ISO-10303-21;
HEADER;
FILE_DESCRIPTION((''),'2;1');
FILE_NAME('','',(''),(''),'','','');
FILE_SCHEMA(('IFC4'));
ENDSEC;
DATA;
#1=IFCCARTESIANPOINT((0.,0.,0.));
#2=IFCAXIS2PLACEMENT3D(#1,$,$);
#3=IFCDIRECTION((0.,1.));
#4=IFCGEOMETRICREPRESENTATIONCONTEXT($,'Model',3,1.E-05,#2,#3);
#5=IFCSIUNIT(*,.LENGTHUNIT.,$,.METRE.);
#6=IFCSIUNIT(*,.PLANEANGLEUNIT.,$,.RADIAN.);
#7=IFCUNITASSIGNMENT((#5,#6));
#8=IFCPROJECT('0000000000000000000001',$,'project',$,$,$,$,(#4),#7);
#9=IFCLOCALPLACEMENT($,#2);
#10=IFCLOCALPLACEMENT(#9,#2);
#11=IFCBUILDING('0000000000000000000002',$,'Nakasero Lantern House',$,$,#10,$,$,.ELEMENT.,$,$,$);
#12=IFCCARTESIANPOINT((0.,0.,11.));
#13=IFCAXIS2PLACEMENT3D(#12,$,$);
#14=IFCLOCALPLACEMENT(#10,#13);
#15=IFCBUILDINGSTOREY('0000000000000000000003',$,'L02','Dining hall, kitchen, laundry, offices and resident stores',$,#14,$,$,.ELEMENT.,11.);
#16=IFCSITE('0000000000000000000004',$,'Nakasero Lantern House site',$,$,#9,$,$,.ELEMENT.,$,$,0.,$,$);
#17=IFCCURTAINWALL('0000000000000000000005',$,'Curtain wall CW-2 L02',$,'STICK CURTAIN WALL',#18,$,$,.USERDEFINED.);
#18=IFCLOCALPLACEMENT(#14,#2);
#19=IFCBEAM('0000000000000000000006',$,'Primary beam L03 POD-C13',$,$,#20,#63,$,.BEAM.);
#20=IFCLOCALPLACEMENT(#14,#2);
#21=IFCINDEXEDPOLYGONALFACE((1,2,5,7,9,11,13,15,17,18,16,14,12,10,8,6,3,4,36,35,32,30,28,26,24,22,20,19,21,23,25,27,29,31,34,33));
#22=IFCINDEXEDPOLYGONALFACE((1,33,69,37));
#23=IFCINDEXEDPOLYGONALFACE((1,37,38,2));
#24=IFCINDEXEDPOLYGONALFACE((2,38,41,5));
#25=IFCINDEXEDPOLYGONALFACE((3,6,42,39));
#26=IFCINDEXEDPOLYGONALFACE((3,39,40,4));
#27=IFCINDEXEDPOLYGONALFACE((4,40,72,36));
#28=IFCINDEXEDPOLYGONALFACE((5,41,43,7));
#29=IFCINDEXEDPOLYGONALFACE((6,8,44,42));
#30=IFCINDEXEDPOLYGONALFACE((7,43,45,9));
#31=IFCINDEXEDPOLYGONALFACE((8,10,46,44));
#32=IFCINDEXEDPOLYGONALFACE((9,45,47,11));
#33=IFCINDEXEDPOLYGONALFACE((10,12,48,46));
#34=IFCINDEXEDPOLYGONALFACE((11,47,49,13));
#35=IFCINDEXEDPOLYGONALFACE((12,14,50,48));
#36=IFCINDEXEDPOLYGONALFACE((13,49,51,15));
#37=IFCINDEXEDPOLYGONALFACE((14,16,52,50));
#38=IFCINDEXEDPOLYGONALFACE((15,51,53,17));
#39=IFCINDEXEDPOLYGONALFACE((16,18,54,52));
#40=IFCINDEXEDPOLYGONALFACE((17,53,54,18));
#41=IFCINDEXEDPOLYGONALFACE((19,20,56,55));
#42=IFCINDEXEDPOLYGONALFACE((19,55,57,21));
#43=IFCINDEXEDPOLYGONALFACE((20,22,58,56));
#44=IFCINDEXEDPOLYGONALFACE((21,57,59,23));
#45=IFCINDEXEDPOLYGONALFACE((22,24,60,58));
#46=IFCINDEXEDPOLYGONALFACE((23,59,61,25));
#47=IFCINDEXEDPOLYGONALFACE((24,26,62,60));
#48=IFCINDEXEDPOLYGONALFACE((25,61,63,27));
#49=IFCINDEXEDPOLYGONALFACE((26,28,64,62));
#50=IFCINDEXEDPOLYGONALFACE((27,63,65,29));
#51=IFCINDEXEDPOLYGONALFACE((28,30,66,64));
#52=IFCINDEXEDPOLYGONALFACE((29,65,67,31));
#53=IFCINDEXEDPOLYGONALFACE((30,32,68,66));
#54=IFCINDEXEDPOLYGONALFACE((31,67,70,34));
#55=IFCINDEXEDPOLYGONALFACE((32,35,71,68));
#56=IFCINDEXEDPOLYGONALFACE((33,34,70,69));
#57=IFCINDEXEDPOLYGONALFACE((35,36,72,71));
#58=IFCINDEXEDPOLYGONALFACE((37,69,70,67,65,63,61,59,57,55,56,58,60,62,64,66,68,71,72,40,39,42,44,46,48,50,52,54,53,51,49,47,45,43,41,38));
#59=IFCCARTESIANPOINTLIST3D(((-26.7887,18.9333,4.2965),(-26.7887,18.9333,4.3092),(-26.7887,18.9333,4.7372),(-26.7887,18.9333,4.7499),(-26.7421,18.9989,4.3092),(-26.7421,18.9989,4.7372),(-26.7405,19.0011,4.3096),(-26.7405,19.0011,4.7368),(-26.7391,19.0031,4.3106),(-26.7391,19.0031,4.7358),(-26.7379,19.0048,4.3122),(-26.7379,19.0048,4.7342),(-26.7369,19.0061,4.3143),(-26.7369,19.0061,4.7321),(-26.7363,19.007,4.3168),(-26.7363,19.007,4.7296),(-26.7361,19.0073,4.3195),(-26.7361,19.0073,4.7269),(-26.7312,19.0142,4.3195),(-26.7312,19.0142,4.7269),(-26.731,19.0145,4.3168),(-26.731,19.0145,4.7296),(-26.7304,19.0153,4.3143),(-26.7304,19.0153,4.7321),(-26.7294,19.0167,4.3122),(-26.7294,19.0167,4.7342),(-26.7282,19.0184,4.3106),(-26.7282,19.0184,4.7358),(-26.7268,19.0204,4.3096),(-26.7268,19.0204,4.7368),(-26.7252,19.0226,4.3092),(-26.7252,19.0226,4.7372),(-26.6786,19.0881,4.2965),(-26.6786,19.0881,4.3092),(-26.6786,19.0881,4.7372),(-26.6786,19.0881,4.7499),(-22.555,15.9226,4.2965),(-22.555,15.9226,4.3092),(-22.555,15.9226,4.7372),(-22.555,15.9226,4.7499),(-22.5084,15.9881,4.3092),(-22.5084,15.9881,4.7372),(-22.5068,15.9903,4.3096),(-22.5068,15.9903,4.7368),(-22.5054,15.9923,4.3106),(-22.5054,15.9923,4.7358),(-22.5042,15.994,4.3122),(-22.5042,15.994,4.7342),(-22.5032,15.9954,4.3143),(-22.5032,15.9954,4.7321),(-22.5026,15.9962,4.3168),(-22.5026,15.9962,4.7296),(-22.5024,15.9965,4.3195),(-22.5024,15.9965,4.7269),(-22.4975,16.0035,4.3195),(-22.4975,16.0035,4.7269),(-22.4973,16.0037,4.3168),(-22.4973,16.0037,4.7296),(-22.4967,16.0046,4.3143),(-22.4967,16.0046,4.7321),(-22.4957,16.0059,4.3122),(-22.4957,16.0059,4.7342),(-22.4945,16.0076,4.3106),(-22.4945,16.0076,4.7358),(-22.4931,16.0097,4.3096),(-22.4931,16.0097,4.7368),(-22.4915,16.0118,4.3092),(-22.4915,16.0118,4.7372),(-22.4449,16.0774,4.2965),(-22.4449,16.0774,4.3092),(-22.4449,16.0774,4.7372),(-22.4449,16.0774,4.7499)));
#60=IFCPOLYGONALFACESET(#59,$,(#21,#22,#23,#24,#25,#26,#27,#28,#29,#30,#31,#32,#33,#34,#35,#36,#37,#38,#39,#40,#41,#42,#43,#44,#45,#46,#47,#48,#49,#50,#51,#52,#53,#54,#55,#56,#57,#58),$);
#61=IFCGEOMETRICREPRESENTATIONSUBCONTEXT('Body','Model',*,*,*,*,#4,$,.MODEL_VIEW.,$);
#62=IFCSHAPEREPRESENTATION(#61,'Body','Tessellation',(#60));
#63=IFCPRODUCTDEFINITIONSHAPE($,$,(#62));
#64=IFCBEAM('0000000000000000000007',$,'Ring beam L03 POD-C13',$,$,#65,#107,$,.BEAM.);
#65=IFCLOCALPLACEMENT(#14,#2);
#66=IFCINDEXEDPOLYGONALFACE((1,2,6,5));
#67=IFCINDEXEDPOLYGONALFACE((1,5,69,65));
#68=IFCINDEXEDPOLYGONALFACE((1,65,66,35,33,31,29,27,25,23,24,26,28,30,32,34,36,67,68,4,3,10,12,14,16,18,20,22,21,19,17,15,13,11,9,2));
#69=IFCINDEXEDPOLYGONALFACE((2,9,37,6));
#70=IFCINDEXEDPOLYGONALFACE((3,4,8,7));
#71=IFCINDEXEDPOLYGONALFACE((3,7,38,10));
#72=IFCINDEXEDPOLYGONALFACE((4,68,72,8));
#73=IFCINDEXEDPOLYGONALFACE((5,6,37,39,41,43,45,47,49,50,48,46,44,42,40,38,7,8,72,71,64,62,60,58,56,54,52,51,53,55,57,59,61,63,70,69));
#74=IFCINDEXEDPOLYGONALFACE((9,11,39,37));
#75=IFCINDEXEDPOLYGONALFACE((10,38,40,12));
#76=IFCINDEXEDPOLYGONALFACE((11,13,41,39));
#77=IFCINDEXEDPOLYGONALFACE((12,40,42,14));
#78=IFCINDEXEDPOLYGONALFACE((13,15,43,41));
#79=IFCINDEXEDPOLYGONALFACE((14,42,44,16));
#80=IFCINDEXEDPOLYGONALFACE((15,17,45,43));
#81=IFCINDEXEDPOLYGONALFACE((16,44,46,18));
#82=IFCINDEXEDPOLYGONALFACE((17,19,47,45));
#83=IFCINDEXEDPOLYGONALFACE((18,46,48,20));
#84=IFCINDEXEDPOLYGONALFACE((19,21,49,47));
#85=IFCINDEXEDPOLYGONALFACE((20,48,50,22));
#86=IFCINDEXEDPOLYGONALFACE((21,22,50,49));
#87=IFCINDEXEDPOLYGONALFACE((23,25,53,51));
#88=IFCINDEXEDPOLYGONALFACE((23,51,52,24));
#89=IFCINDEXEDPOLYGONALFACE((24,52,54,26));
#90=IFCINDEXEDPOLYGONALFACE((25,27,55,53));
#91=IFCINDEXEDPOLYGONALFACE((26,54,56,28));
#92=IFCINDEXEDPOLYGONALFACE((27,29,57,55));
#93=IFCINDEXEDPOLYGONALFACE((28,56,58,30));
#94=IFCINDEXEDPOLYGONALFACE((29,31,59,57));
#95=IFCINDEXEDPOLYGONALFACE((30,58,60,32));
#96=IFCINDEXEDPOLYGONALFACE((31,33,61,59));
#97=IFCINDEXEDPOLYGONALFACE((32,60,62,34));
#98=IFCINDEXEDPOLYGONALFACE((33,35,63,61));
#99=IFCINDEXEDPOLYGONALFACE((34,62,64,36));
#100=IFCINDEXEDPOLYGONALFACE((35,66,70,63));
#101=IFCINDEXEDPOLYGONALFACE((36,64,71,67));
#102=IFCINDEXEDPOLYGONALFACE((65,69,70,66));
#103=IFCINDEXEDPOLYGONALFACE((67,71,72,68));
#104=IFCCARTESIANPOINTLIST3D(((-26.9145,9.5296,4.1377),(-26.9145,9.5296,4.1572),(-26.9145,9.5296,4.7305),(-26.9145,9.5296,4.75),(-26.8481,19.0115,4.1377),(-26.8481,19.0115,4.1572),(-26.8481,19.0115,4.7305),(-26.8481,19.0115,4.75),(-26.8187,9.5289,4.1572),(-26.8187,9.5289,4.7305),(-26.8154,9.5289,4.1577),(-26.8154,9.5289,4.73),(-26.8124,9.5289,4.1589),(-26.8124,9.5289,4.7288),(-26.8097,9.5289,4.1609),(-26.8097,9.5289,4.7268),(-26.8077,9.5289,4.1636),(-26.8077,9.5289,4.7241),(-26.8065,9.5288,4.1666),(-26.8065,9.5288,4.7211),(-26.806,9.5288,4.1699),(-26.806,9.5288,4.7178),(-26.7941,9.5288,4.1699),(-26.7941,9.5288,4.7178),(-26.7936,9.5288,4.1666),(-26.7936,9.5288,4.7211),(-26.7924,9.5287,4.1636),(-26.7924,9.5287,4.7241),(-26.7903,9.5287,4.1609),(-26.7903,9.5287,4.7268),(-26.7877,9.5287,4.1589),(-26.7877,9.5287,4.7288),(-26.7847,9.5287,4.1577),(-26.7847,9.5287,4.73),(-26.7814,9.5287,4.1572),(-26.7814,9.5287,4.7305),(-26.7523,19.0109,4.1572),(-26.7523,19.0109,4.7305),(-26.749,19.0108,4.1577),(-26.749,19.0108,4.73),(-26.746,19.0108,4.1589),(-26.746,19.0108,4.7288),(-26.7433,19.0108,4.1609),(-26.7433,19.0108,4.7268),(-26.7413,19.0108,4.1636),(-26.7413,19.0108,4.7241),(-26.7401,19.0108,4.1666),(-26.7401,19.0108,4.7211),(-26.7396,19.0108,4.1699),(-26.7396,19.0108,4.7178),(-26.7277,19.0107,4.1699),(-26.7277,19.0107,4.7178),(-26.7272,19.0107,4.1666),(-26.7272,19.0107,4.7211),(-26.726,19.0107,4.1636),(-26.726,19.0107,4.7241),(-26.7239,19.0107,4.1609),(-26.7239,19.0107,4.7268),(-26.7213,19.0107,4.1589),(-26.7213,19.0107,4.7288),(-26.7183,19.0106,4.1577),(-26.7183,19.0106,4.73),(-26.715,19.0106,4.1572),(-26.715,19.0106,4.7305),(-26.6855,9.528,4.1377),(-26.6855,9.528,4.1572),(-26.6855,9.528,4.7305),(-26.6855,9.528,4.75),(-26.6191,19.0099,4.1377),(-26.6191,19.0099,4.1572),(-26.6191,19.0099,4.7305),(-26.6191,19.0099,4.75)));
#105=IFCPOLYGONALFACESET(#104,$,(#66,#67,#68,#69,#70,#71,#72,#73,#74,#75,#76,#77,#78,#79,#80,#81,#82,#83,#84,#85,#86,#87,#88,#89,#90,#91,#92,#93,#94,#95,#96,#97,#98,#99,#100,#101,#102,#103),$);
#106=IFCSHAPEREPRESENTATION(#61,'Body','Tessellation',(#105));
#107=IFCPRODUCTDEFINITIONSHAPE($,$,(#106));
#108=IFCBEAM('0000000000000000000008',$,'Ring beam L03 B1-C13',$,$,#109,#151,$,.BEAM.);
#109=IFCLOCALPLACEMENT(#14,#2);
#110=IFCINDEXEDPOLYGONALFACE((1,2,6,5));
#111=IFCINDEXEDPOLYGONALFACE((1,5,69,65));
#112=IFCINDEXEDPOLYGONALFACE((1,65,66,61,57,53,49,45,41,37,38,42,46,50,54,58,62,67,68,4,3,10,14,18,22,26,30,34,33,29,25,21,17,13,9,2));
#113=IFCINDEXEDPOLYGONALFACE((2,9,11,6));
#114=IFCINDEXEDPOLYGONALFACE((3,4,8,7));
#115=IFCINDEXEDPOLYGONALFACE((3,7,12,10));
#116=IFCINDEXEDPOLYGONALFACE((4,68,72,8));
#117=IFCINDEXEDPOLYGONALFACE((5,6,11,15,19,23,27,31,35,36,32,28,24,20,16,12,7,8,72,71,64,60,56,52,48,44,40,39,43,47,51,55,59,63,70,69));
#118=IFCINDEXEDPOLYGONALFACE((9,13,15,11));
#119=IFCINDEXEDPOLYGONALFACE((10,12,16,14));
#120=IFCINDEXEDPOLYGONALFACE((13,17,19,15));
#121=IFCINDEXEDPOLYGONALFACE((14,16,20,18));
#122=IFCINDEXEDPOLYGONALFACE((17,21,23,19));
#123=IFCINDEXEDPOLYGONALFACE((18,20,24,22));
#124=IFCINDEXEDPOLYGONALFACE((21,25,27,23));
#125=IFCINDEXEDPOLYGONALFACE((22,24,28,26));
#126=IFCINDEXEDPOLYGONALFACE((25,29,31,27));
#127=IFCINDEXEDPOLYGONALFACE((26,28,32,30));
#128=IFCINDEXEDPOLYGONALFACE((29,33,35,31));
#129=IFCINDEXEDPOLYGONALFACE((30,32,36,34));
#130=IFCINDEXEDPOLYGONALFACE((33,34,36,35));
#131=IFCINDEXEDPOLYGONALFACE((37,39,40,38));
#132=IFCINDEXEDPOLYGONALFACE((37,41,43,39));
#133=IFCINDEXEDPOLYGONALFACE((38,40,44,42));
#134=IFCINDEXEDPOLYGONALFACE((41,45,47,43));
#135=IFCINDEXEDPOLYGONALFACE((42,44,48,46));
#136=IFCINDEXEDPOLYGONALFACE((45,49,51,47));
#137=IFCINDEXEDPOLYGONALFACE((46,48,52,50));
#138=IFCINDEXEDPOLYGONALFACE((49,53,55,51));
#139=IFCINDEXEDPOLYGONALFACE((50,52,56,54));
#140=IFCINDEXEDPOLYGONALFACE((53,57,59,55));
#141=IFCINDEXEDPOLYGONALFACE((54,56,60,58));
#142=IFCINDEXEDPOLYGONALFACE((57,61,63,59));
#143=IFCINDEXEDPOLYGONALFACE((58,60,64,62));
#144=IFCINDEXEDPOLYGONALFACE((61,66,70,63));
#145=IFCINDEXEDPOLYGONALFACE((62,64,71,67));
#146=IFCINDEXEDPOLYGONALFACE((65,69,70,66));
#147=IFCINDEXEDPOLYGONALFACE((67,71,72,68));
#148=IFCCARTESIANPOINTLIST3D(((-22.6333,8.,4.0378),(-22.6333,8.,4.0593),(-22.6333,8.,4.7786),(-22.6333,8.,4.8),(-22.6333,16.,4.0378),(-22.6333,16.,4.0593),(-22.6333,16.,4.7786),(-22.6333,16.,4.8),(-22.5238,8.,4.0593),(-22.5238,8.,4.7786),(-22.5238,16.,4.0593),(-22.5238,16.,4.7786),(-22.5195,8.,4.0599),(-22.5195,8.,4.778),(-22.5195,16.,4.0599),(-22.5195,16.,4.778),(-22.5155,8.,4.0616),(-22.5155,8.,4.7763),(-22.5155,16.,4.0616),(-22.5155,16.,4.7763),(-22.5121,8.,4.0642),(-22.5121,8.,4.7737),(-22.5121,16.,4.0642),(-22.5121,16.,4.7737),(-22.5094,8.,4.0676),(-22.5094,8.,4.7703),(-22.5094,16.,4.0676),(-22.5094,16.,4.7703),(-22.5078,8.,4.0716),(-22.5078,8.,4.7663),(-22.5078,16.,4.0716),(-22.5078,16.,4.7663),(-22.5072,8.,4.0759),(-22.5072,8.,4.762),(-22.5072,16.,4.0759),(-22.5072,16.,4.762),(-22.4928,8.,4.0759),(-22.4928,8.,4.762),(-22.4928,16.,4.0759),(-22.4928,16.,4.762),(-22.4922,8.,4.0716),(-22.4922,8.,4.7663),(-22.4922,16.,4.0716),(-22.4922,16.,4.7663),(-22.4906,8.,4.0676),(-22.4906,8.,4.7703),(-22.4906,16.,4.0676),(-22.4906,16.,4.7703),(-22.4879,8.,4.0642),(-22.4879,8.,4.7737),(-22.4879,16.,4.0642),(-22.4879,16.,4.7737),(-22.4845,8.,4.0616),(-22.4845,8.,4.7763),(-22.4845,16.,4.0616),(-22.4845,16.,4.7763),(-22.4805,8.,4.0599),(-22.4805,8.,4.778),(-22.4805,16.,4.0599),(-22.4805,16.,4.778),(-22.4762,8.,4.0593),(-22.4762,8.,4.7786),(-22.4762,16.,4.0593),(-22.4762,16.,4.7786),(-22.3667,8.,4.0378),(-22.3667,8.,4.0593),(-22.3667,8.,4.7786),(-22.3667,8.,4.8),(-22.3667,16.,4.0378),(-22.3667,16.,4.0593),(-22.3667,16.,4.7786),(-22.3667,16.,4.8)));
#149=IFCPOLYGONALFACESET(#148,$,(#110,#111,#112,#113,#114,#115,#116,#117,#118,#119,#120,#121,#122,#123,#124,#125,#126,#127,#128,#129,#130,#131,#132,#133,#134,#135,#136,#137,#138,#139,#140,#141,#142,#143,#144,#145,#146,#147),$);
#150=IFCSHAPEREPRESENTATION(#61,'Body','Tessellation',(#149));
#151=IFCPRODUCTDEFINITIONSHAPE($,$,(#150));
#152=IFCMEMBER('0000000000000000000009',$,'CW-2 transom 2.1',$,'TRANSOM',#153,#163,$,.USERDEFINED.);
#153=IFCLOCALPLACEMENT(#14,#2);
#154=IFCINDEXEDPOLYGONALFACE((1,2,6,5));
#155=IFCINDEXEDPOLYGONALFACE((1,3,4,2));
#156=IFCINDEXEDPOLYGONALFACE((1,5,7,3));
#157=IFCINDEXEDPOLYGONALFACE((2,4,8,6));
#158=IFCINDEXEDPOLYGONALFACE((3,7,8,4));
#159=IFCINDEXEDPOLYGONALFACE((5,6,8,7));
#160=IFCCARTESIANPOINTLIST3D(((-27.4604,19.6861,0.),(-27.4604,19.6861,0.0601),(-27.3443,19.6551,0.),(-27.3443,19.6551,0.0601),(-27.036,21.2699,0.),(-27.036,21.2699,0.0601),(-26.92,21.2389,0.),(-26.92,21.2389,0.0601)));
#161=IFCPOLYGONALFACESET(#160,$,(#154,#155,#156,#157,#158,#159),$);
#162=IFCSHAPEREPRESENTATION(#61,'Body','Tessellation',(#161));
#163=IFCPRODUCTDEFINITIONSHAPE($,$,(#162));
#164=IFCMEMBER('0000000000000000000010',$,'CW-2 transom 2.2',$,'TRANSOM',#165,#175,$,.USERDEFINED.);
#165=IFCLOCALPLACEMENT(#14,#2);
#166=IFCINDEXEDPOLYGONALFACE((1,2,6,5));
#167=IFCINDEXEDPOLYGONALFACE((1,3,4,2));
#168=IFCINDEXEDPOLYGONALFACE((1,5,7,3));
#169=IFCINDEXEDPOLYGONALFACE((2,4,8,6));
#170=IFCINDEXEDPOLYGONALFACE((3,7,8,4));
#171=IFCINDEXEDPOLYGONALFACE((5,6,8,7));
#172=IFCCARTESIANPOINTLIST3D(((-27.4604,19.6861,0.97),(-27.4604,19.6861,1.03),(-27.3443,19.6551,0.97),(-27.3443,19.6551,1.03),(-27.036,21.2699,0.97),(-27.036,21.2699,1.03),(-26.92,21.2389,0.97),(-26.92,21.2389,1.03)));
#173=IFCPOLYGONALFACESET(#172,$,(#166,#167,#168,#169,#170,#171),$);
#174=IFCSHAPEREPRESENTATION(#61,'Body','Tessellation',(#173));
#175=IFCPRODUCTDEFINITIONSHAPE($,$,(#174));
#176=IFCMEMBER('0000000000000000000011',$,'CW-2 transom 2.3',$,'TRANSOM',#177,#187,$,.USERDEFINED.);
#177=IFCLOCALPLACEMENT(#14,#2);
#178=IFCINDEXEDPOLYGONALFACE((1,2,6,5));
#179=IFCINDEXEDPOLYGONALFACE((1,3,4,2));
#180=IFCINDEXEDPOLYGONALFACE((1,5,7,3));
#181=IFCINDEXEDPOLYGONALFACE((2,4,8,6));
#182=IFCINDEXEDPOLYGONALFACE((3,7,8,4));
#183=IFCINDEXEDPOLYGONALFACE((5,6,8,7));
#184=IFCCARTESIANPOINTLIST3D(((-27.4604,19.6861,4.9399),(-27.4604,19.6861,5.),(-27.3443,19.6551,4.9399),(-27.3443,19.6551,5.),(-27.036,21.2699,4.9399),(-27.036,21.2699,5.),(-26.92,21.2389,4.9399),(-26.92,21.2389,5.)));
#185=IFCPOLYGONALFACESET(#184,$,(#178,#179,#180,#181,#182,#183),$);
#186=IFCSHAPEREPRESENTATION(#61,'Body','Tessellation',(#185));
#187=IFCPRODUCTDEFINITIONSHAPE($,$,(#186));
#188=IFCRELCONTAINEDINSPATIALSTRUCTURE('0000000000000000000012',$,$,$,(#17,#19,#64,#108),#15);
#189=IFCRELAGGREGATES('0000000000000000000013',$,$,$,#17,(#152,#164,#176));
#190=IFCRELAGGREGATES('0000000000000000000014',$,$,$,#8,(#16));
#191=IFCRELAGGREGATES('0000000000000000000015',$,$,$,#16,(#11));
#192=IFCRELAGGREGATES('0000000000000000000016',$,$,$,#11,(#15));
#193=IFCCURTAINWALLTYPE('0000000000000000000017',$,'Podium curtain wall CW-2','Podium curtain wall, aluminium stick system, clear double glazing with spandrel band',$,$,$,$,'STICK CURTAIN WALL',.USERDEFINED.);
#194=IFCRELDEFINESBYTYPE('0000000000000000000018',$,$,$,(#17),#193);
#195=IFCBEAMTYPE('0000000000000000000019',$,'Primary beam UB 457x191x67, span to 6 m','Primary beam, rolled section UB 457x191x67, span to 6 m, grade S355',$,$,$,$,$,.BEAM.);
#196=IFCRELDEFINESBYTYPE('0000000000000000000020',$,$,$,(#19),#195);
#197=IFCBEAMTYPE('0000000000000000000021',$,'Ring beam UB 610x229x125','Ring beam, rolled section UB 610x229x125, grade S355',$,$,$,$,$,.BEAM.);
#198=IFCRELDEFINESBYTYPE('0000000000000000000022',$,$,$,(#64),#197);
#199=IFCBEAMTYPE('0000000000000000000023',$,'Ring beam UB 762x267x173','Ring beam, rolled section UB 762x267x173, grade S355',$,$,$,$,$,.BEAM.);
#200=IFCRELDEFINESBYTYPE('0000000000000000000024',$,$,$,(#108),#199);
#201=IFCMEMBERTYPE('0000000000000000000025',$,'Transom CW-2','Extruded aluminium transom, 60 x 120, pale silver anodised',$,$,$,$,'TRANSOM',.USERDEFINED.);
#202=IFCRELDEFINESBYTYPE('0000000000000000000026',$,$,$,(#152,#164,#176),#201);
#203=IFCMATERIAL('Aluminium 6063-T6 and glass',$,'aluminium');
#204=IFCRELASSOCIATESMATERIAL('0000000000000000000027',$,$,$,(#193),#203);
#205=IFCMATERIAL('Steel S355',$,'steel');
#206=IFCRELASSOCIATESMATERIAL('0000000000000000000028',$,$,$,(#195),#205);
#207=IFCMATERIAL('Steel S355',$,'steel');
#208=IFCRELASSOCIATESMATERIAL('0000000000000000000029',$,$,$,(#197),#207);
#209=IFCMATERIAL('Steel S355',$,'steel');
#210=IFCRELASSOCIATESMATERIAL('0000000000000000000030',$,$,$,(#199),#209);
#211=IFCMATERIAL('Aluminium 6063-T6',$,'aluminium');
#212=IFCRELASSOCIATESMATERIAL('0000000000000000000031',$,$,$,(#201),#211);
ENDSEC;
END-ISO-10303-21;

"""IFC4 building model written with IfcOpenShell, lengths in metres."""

from ifc_helpers import new_model, si_unit, direction, frame, origin, origin_2d, place, context, subcontext, project, spatial, rectangle, i_section, extrude, material, material_profile, profile_set, type_object, element, aggregate, save


model = new_model("IFC4")

# Units and contexts
model_context = context("Model", 3, precision=1e-05, world=origin(), true_north=direction((0.0, 1.0)))
body_context = subcontext(model_context, "Body", "Model", "MODEL_VIEW")
ifc_project = project(units=[si_unit("LENGTHUNIT", "METRE"), si_unit("PLANEANGLEUNIT", "RADIAN")], contexts=[model_context])

# Site, building, storey
site_placement = place(None, origin())
site = spatial("IfcSite", under=ifc_project, at=site_placement, Name="Nakasero Lantern House site", CompositionType="ELEMENT", RefElevation=0.0)
building_placement = place(site_placement, origin())
building = spatial("IfcBuilding", under=site, at=building_placement, Name="Nakasero Lantern House", CompositionType="ELEMENT")
storey_placement = place(building_placement, frame((0.0, 0.0, 11.0)))
storey = spatial("IfcBuildingStorey", under=building, at=storey_placement, Name="L02", Description="Dining hall, kitchen, laundry, offices and resident stores", CompositionType="ELEMENT", Elevation=11.0)

# Curtain wall
ifc_material_1 = material(Name="Aluminium 6063-T6 and glass", Category="aluminium")
curtain_wall_type = type_object("IfcCurtainWallType", Name="Podium curtain wall CW-2", Description="Podium curtain wall, aluminium stick system, clear double glazing with spandrel band", ElementType="STICK CURTAIN WALL", PredefinedType="USERDEFINED", material=ifc_material_1)
curtain_wall_1_placement = place(storey_placement, origin())
curtain_wall_1 = element("IfcCurtainWall", 1, at=curtain_wall_1_placement, inside=storey, type_object=curtain_wall_type, Name="Curtain wall CW-2 L02", ObjectType="STICK CURTAIN WALL", PredefinedType="USERDEFINED")

# Beams
ifc_material_2 = material(Name="Steel S355", Category="steel")
ifc_material_profile_1 = material_profile(ifc_material_2, i_section(OverallWidth=0.1899, OverallDepth=0.4534, WebThickness=0.0085, FlangeThickness=0.0127, FilletRadius=0.0103, at=origin_2d()), Name="UB 457x191x67")
ifc_profile_set_1 = profile_set([ifc_material_profile_1], Name="Steel S355")
beam_type_1 = type_object("IfcBeamType", Name="Primary beam UB 457x191x67, span to 6 m", Description="Primary beam, rolled section UB 457x191x67, span to 6 m, grade S355", PredefinedType="BEAM", material=ifc_profile_set_1)
beam_1_placement = place(storey_placement, frame((-26.7336, 19.0107, 4.5232), z_axis=(0.814942, -0.579543, 0.0), x_axis=(0.579543, 0.814942, 0.0)))
element("IfcBeam", 2, at=beam_1_placement, inside=storey, type_object=beam_type_1, Name="Primary beam L03 POD-C13", PredefinedType="BEAM", context=body_context, shape_type="SweptSolid", body=[
    extrude(i_section(OverallWidth=0.1899, OverallDepth=0.4534, WebThickness=0.0085, FlangeThickness=0.0127, FilletRadius=0.0103, at=origin_2d()), origin(), (0.0, 0.0, 1.0), 5.1951),
])
ifc_material_3 = material(Name="Steel S355", Category="steel")
ifc_material_profile_2 = material_profile(ifc_material_3, i_section(OverallWidth=0.229, OverallDepth=0.6123, WebThickness=0.012, FlangeThickness=0.0195, FilletRadius=0.0127, at=origin_2d()), Name="UB 610x229x125")
ifc_profile_set_2 = profile_set([ifc_material_profile_2], Name="Steel S355")
beam_type_2 = type_object("IfcBeamType", Name="Ring beam UB 610x229x125", Description="Ring beam, rolled section UB 610x229x125, grade S355", PredefinedType="BEAM", material=ifc_profile_set_2)
beam_2_placement = place(storey_placement, frame((-26.7336, 19.0107, 4.4438), z_axis=(-0.007003, -0.999975, 0.0), x_axis=(0.999975, -0.007003, 0.0)))
element("IfcBeam", 3, at=beam_2_placement, inside=storey, type_object=beam_type_2, Name="Ring beam L03 POD-C13", PredefinedType="BEAM", context=body_context, shape_type="SweptSolid", body=[
    extrude(i_section(OverallWidth=0.229, OverallDepth=0.6123, WebThickness=0.012, FlangeThickness=0.0195, FilletRadius=0.0127, at=origin_2d()), origin(), (0.0, 0.0, 1.0), 9.4822),
])
ifc_material_4 = material(Name="Steel S355", Category="steel")
ifc_material_profile_3 = material_profile(ifc_material_4, i_section(OverallWidth=0.2666, OverallDepth=0.7622, WebThickness=0.0144, FlangeThickness=0.0215, FilletRadius=0.0166, at=origin_2d()), Name="UB 762x267x173")
ifc_profile_set_3 = profile_set([ifc_material_profile_3], Name="Steel S355")
beam_type_3 = type_object("IfcBeamType", Name="Ring beam UB 762x267x173", Description="Ring beam, rolled section UB 762x267x173, grade S355", PredefinedType="BEAM", material=ifc_profile_set_3)
beam_3_placement = place(storey_placement, frame((-22.5, 16.0, 4.4189), z_axis=(0.0, -1.0, 0.0), x_axis=(1.0, 0.0, 0.0)))
element("IfcBeam", 4, at=beam_3_placement, inside=storey, type_object=beam_type_3, Name="Ring beam L03 B1-C13", PredefinedType="BEAM", context=body_context, shape_type="SweptSolid", body=[
    extrude(i_section(OverallWidth=0.2666, OverallDepth=0.7622, WebThickness=0.0144, FlangeThickness=0.0215, FilletRadius=0.0166, at=origin_2d()), origin(), (0.0, 0.0, 1.0), 8.0),
])

# Members
ifc_material_5 = material(Name="Aluminium 6063-T6", Category="aluminium")
ifc_material_profile_4 = material_profile(ifc_material_5, rectangle(XDim=0.0601, YDim=0.1201, at=origin_2d()), Name="CW-2 transom 60x120")
ifc_profile_set_4 = profile_set([ifc_material_profile_4], Name="Aluminium 6063-T6")
member_type_1 = type_object("IfcMemberType", Name="Transom CW-2", Description="Extruded aluminium transom, 60 x 120, pale silver anodised", ElementType="TRANSOM", PredefinedType="USERDEFINED", material=ifc_profile_set_4)
member_1_placement = place(storey_placement, frame((-26.978, 21.2544, 0.03), z_axis=(-0.258793, -0.965933, 0.0), x_axis=(0.0, 0.0, 1.0)))
member_1 = element("IfcMember", 5, at=member_1_placement, type_object=member_type_1, Name="CW-2 transom 2.1", ObjectType="TRANSOM", PredefinedType="USERDEFINED", context=body_context, shape_type="SweptSolid", body=[
    extrude(rectangle(XDim=0.0601, YDim=0.1201, at=origin_2d()), origin(), (0.0, 0.0, 1.0), 1.6396),
])
member_2_placement = place(storey_placement, frame((-26.978, 21.2544, 1.0), z_axis=(-0.258793, -0.965933, 0.0), x_axis=(0.0, 0.0, 1.0)))
member_2 = element("IfcMember", 6, at=member_2_placement, type_object=member_type_1, Name="CW-2 transom 2.2", ObjectType="TRANSOM", PredefinedType="USERDEFINED", context=body_context, shape_type="SweptSolid", body=[
    extrude(rectangle(XDim=0.0601, YDim=0.1201, at=origin_2d()), origin(), (0.0, 0.0, 1.0), 1.6396),
])
member_3_placement = place(storey_placement, frame((-26.978, 21.2544, 4.97), z_axis=(-0.258793, -0.965933, 0.0), x_axis=(0.0, 0.0, 1.0)))
member_3 = element("IfcMember", 7, at=member_3_placement, type_object=member_type_1, Name="CW-2 transom 2.3", ObjectType="TRANSOM", PredefinedType="USERDEFINED", context=body_context, shape_type="SweptSolid", body=[
    extrude(rectangle(XDim=0.0601, YDim=0.1201, at=origin_2d()), origin(), (0.0, 0.0, 1.0), 1.6396),
])

aggregate(curtain_wall_1, [member_1, member_2, member_3])

save(model, "model.ifc")
